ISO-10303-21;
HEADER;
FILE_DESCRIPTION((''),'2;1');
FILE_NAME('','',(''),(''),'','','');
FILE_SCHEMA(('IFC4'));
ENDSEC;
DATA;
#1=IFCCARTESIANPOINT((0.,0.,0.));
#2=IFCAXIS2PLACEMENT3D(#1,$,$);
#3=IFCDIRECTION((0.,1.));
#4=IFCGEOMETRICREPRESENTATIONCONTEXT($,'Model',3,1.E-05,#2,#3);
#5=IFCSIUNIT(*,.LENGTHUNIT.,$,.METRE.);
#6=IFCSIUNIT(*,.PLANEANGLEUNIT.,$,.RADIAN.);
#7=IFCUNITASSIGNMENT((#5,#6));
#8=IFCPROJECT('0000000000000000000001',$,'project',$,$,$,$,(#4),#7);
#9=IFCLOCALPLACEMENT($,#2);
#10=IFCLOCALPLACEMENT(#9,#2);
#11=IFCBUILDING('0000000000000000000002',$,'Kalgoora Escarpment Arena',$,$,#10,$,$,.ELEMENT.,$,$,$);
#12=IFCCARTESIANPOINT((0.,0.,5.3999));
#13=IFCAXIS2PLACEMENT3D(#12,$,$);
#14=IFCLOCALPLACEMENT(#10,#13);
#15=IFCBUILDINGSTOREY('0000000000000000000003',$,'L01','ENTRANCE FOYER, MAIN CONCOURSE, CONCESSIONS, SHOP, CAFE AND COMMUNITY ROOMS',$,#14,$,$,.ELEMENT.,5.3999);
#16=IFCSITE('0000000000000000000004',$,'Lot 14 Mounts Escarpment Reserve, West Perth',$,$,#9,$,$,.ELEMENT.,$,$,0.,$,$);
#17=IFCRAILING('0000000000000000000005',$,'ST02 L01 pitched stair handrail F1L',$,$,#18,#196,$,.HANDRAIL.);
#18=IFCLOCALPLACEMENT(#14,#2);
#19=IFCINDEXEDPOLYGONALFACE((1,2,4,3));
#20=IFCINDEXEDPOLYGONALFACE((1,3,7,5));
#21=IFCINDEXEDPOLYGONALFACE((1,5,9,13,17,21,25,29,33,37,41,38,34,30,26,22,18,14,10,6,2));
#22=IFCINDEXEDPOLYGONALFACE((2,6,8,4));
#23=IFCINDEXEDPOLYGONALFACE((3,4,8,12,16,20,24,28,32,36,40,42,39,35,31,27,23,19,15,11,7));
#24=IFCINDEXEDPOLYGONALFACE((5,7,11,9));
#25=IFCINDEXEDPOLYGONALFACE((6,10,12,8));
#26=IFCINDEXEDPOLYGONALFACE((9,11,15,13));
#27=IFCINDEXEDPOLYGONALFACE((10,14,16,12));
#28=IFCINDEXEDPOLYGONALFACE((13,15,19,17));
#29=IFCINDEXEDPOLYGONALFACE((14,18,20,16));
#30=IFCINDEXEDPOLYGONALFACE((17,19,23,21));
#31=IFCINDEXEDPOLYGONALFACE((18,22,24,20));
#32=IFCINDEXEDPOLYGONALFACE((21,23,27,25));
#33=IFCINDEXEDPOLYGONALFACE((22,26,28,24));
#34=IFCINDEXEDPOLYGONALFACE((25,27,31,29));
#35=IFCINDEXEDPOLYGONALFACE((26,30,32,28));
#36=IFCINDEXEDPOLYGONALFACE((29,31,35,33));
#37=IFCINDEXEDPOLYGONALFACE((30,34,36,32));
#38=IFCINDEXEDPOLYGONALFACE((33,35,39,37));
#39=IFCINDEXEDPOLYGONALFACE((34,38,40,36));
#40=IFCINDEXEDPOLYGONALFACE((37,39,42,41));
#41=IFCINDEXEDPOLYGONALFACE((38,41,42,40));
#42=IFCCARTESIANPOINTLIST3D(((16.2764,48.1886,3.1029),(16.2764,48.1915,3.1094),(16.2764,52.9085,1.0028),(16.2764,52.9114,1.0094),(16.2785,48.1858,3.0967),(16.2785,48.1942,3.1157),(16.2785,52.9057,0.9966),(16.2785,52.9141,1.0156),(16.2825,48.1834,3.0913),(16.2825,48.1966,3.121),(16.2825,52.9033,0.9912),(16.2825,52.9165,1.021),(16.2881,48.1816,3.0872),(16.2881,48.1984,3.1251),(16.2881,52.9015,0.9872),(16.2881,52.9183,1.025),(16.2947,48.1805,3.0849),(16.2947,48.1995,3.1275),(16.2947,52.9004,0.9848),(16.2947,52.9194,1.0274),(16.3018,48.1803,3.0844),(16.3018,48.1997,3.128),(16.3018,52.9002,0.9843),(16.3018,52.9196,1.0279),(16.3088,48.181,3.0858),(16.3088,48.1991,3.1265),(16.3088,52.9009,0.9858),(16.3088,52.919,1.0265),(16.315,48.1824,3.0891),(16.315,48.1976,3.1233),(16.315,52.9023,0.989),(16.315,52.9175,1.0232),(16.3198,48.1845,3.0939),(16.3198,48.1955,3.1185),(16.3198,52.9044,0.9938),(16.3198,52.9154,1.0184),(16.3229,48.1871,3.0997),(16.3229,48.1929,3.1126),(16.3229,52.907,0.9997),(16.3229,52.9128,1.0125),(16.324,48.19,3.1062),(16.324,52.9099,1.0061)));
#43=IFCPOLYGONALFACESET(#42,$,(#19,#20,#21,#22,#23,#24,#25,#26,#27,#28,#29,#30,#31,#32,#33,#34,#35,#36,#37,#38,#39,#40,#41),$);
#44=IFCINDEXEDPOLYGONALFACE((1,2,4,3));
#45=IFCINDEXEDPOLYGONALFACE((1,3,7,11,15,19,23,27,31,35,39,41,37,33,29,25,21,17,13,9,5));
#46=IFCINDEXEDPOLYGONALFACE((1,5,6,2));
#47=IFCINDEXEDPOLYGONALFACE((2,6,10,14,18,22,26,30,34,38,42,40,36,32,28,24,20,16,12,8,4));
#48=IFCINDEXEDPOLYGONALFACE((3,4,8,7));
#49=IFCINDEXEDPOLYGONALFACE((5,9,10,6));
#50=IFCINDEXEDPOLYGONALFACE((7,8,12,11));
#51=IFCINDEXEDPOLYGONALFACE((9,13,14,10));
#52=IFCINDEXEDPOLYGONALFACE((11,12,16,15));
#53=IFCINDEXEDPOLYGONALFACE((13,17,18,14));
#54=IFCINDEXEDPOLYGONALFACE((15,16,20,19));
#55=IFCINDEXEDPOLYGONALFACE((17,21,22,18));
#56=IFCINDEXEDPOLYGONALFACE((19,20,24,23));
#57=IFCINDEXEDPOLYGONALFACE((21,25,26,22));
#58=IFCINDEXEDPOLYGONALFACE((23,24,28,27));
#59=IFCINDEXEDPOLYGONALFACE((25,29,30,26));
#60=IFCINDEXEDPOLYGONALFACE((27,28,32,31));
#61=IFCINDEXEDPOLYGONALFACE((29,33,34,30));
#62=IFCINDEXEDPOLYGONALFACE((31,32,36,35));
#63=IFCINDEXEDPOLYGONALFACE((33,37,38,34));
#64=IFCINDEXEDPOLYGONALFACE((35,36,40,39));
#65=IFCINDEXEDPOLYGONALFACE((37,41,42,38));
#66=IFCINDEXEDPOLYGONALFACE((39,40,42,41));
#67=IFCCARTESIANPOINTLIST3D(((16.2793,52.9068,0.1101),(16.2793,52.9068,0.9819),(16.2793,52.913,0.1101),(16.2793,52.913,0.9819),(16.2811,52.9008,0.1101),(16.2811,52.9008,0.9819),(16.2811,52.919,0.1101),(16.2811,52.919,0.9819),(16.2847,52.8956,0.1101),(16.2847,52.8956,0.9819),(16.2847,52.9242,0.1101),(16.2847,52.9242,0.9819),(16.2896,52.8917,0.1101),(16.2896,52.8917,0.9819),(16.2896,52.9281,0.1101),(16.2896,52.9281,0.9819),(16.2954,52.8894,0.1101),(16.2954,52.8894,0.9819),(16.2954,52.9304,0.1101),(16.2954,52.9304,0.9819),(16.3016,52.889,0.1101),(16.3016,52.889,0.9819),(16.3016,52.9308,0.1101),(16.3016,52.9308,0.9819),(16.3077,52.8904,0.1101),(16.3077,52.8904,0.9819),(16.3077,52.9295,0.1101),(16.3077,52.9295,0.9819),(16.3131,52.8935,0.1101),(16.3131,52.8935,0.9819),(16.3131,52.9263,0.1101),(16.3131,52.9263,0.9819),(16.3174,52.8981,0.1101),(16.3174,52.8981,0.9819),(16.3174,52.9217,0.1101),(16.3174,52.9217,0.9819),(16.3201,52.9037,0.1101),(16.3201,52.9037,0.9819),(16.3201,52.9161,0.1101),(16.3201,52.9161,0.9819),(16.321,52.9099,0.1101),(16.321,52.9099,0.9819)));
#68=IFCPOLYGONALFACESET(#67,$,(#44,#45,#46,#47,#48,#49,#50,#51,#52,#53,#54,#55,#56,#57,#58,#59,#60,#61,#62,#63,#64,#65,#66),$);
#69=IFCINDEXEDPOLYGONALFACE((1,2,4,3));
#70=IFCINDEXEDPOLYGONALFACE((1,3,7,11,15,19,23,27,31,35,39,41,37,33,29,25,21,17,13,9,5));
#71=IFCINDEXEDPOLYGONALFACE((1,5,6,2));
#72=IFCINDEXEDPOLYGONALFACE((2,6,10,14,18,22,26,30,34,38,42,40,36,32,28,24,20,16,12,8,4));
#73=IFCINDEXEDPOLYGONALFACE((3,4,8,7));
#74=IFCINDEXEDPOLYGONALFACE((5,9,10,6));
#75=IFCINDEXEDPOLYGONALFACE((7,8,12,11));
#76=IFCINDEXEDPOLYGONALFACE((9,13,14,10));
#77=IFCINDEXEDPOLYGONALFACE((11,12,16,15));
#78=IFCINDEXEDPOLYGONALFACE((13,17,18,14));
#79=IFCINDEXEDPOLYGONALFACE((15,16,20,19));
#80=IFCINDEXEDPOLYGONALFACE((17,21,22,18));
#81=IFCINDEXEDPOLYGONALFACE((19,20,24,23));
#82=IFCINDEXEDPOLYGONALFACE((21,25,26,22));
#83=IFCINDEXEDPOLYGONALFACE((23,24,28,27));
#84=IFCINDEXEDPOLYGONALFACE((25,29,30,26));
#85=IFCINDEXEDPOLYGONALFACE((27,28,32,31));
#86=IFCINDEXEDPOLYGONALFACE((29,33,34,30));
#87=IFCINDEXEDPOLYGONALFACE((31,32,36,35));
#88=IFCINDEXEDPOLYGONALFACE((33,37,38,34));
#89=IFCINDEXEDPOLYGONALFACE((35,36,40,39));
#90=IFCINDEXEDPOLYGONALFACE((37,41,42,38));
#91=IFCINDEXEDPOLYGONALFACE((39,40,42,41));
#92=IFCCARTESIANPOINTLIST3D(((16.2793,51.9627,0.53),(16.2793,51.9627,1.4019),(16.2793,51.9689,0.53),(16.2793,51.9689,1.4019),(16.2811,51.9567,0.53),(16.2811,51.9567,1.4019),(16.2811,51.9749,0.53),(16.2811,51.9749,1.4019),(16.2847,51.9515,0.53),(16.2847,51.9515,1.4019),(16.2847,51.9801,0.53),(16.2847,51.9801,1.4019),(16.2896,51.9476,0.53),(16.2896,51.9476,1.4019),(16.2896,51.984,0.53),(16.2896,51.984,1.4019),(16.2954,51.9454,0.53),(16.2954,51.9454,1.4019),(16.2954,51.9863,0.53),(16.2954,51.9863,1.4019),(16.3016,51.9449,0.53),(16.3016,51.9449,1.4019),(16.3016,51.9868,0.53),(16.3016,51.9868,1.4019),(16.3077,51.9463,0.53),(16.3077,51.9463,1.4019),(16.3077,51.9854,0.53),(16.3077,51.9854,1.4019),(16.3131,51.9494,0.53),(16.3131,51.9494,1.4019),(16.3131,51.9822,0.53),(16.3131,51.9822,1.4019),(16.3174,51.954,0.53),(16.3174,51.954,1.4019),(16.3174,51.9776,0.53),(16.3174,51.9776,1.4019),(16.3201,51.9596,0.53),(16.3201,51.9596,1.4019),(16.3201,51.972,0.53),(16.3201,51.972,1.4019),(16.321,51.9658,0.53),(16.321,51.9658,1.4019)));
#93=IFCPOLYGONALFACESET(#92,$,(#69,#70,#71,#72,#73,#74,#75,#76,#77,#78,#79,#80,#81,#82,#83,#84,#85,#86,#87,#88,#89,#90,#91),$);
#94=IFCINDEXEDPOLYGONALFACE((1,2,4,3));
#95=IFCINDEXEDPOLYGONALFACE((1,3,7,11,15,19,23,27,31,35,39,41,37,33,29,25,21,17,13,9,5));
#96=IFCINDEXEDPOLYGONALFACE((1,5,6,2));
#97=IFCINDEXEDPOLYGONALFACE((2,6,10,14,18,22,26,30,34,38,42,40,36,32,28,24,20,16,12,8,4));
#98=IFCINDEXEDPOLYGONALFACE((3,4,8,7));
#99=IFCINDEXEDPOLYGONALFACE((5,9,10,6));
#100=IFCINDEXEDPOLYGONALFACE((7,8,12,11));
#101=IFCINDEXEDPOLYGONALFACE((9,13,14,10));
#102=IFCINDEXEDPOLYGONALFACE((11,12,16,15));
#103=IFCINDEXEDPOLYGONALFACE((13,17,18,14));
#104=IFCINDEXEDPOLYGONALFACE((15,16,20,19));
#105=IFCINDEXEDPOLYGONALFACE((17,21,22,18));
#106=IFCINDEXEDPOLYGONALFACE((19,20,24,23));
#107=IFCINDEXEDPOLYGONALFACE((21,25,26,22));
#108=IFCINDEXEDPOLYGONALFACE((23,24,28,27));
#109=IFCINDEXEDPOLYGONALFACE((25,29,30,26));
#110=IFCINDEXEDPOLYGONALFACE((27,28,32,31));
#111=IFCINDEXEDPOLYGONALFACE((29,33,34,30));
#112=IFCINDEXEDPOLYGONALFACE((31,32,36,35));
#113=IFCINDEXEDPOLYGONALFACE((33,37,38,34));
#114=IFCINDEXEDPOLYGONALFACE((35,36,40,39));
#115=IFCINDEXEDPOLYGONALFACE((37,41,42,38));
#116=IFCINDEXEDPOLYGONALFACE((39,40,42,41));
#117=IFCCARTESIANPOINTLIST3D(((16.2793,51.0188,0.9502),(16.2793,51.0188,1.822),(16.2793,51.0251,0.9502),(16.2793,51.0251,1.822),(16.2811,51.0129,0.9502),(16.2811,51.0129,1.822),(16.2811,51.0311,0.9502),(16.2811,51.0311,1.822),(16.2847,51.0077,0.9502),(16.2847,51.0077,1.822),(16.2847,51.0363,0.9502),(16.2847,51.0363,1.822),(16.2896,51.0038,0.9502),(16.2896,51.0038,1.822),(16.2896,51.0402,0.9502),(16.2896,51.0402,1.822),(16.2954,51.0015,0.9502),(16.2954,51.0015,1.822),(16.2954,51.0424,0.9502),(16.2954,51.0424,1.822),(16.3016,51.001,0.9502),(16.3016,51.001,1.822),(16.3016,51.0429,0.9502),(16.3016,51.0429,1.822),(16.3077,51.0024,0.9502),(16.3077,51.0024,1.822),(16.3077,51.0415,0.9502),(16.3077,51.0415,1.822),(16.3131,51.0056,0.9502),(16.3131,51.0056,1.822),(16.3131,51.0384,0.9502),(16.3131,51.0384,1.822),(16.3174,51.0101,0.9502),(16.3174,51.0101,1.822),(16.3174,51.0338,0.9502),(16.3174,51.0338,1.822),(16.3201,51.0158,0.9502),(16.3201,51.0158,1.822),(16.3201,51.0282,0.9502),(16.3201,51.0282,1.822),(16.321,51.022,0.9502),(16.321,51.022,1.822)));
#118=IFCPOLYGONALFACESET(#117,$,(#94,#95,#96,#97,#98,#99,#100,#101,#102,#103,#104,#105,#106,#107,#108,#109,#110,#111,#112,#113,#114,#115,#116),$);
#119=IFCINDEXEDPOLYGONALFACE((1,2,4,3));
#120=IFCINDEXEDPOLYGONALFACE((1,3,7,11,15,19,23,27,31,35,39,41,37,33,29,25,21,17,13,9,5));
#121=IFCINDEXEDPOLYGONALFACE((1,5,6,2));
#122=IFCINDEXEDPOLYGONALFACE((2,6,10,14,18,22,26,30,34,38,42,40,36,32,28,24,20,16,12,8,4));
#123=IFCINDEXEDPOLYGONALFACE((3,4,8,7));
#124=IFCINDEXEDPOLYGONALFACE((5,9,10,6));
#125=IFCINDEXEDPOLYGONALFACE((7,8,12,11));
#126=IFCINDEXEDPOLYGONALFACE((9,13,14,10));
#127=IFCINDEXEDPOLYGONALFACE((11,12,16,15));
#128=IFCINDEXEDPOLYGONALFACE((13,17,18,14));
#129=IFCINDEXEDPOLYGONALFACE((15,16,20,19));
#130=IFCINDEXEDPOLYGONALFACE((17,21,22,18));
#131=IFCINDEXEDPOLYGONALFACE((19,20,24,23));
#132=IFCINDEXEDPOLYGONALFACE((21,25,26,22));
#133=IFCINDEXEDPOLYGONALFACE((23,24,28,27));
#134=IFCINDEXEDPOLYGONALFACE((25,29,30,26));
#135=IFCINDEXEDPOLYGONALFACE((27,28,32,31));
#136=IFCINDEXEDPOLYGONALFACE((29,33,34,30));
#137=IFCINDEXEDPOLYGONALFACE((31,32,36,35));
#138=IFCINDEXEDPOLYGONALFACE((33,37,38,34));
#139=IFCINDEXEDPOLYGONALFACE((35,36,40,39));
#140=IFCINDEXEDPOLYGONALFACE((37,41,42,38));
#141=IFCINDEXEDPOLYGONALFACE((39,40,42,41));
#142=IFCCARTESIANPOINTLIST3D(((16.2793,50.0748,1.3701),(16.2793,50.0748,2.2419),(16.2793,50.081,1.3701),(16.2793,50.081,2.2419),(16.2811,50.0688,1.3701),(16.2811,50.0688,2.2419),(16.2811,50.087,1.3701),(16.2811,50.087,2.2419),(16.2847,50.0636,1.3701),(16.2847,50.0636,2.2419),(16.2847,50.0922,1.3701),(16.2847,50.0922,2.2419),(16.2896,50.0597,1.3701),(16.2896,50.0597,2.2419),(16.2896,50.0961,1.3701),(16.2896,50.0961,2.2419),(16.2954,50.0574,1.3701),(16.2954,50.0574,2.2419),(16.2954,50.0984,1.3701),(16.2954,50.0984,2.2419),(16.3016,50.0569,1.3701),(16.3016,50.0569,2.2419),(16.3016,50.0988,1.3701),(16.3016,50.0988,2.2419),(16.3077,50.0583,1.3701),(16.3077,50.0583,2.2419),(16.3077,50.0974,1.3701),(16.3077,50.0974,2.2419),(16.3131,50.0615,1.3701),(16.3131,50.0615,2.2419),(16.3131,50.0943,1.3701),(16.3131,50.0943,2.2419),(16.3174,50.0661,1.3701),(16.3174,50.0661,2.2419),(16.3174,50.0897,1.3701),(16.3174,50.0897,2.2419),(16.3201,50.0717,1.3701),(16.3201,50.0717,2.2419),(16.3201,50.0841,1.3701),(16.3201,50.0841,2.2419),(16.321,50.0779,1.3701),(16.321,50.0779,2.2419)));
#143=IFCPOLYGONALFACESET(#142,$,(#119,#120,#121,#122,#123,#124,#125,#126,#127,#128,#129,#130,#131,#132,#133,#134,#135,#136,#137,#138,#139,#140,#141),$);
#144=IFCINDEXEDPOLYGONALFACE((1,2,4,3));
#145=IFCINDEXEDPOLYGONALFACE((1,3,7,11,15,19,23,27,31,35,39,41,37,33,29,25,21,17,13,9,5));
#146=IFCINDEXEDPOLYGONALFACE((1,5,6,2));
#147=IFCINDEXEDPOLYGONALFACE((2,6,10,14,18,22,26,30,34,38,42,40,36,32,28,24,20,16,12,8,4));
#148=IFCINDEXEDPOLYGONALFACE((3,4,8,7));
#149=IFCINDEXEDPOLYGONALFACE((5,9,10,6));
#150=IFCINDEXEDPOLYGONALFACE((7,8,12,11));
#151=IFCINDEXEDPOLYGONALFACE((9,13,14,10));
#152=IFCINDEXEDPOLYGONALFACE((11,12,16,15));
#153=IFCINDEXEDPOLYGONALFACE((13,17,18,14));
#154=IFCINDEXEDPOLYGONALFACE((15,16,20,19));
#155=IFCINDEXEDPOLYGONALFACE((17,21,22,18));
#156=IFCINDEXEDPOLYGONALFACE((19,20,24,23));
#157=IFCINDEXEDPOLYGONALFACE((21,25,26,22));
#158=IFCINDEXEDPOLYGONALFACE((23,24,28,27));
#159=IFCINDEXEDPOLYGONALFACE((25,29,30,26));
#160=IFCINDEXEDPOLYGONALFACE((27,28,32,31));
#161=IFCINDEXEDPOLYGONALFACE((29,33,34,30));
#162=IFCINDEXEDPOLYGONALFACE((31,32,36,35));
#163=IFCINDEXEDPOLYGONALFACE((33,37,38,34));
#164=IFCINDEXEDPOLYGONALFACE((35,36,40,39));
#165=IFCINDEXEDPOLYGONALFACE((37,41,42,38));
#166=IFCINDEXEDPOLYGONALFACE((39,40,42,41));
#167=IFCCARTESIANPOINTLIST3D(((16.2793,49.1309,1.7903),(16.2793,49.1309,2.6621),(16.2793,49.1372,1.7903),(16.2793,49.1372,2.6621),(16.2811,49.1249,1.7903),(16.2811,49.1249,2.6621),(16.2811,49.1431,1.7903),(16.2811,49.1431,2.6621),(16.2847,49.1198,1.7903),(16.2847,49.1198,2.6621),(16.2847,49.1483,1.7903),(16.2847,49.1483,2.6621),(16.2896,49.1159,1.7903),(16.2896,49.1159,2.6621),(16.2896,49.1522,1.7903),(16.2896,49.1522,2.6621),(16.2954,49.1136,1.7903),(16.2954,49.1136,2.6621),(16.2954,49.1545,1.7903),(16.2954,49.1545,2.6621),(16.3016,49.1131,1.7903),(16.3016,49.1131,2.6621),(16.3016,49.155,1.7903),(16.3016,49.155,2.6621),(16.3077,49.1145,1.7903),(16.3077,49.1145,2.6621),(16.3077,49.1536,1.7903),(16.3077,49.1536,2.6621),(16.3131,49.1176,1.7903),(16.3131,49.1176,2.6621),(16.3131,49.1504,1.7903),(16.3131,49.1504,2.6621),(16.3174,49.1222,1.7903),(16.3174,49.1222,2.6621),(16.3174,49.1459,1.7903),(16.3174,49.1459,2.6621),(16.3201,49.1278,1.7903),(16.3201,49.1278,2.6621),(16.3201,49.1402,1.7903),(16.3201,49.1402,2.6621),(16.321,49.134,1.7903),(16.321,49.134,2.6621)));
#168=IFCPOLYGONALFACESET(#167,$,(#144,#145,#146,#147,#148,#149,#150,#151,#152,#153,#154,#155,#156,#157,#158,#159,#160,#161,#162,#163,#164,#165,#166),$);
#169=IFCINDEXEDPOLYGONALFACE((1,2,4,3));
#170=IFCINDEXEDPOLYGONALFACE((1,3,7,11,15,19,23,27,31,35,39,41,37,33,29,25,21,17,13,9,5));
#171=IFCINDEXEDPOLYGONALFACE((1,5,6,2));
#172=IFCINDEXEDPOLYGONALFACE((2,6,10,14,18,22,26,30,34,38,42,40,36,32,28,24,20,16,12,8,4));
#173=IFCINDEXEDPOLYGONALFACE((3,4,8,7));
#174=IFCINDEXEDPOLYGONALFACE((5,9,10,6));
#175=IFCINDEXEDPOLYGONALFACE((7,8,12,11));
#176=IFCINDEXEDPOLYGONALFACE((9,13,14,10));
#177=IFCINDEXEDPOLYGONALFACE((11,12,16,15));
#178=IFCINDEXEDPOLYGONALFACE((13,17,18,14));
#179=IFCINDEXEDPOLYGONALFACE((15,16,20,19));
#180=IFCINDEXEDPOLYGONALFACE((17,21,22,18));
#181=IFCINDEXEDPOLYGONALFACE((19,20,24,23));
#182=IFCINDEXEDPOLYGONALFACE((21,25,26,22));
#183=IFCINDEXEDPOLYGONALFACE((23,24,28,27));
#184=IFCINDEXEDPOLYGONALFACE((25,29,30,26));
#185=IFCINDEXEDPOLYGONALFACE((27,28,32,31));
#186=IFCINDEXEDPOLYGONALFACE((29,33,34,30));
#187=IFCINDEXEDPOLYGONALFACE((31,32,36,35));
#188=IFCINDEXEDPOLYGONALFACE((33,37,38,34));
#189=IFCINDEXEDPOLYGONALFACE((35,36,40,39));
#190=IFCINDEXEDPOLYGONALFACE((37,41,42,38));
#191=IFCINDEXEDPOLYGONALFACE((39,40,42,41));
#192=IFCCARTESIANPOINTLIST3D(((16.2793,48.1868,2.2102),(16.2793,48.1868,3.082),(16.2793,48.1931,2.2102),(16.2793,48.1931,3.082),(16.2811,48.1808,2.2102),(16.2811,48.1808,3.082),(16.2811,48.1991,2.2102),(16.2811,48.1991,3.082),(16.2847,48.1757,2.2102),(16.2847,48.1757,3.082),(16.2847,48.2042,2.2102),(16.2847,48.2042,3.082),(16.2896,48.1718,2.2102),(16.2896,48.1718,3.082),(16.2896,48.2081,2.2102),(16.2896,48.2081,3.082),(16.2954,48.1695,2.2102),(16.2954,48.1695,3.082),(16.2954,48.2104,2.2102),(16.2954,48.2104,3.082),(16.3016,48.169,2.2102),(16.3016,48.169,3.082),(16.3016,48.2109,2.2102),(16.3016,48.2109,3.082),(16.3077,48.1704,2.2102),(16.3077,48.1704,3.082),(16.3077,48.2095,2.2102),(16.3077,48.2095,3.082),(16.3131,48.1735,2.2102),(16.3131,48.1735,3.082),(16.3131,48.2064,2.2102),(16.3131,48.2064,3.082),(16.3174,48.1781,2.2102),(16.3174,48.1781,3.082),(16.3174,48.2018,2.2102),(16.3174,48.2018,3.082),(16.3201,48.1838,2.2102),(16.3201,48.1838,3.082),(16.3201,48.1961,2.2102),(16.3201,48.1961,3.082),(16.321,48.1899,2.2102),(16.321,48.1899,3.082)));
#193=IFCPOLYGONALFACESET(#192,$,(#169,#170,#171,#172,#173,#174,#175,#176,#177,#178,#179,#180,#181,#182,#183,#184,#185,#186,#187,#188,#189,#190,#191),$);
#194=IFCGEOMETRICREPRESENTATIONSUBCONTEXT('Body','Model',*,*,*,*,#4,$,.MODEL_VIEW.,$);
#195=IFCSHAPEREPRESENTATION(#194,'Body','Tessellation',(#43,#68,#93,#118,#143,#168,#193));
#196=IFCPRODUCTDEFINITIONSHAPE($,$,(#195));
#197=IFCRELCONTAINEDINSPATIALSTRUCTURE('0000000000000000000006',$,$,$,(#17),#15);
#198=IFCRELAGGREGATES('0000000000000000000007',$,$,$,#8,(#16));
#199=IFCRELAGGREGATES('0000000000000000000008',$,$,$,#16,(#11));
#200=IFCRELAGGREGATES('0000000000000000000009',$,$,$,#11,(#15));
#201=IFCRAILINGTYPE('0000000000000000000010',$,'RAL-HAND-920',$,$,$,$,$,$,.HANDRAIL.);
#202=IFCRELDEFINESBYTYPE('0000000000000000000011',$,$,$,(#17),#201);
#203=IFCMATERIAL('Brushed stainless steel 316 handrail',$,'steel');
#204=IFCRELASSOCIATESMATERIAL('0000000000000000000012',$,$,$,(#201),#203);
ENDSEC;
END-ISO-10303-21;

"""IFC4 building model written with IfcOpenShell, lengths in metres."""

from ifc_helpers import new_model, si_unit, direction, frame, origin, origin_2d, place, context, subcontext, project, spatial, circle, extrude, material, type_object, element, save


model = new_model("IFC4")

# Units and contexts
model_context = context("Model", 3, precision=1e-05, world=origin(), true_north=direction((0.0, 1.0)))
body_context = subcontext(model_context, "Body", "Model", "MODEL_VIEW")
ifc_project = project(units=[si_unit("LENGTHUNIT", "METRE"), si_unit("PLANEANGLEUNIT", "RADIAN")], contexts=[model_context])

# Site, building, storey
site_placement = place(None, origin())
site = spatial("IfcSite", under=ifc_project, at=site_placement, Name="Lot 14 Mounts Escarpment Reserve, West Perth", CompositionType="ELEMENT", RefElevation=0.0)
building_placement = place(site_placement, origin())
building = spatial("IfcBuilding", under=site, at=building_placement, Name="Kalgoora Escarpment Arena", CompositionType="ELEMENT")
storey_placement = place(building_placement, frame((0.0, 0.0, 5.3999)))
storey = spatial("IfcBuildingStorey", under=building, at=storey_placement, Name="L01", Description="ENTRANCE FOYER, MAIN CONCOURSE, CONCESSIONS, SHOP, CAFE AND COMMUNITY ROOMS", CompositionType="ELEMENT", Elevation=5.3999)

# Railing
ifc_material_1 = material(Name="Brushed stainless steel 316 handrail", Category="steel")
railing_type_1 = type_object("IfcRailingType", Name="RAL-HAND-920", PredefinedType="HANDRAIL", material=ifc_material_1)
for number, where, name in (
    (1, (16.3, 52.9099, 0.1101), "ST02 L01 pitched stair handrail F1L"),
):
    element("IfcRailing", number, at=place(storey_placement, frame(where)), inside=storey, type_object=railing_type_1, Name=name, PredefinedType="HANDRAIL", context=body_context, shape_type="SweptSolid", body=[
        extrude(circle(Radius=0.0239, at=origin_2d()), frame((0.0, 0.0, 0.896), z_axis=(0.0, -0.913644, 0.406516), x_axis=(1.0, 0.0, 0.0)), (0.0, 0.0, 1.0), 5.166),
        extrude(circle(Radius=0.021, at=origin_2d()), origin(), (0.0, 0.0, 1.0), 0.8718),
        extrude(circle(Radius=0.021, at=origin_2d()), frame((0.0, -0.9441, 0.4199)), (0.0, 0.0, 1.0), 0.8718),
        extrude(circle(Radius=0.021, at=origin_2d()), frame((0.0, -1.8879, 0.8401)), (0.0, 0.0, 1.0), 0.8718),
        extrude(circle(Radius=0.021, at=origin_2d()), frame((0.0, -2.832, 1.26)), (0.0, 0.0, 1.0), 0.8718),
        extrude(circle(Radius=0.021, at=origin_2d()), frame((0.0, -3.7759, 1.6802)), (0.0, 0.0, 1.0), 0.8718),
        extrude(circle(Radius=0.021, at=origin_2d()), frame((0.0, -4.72, 2.1001)), (0.0, 0.0, 1.0), 0.8718),
    ])

save(model, "model.ifc")
